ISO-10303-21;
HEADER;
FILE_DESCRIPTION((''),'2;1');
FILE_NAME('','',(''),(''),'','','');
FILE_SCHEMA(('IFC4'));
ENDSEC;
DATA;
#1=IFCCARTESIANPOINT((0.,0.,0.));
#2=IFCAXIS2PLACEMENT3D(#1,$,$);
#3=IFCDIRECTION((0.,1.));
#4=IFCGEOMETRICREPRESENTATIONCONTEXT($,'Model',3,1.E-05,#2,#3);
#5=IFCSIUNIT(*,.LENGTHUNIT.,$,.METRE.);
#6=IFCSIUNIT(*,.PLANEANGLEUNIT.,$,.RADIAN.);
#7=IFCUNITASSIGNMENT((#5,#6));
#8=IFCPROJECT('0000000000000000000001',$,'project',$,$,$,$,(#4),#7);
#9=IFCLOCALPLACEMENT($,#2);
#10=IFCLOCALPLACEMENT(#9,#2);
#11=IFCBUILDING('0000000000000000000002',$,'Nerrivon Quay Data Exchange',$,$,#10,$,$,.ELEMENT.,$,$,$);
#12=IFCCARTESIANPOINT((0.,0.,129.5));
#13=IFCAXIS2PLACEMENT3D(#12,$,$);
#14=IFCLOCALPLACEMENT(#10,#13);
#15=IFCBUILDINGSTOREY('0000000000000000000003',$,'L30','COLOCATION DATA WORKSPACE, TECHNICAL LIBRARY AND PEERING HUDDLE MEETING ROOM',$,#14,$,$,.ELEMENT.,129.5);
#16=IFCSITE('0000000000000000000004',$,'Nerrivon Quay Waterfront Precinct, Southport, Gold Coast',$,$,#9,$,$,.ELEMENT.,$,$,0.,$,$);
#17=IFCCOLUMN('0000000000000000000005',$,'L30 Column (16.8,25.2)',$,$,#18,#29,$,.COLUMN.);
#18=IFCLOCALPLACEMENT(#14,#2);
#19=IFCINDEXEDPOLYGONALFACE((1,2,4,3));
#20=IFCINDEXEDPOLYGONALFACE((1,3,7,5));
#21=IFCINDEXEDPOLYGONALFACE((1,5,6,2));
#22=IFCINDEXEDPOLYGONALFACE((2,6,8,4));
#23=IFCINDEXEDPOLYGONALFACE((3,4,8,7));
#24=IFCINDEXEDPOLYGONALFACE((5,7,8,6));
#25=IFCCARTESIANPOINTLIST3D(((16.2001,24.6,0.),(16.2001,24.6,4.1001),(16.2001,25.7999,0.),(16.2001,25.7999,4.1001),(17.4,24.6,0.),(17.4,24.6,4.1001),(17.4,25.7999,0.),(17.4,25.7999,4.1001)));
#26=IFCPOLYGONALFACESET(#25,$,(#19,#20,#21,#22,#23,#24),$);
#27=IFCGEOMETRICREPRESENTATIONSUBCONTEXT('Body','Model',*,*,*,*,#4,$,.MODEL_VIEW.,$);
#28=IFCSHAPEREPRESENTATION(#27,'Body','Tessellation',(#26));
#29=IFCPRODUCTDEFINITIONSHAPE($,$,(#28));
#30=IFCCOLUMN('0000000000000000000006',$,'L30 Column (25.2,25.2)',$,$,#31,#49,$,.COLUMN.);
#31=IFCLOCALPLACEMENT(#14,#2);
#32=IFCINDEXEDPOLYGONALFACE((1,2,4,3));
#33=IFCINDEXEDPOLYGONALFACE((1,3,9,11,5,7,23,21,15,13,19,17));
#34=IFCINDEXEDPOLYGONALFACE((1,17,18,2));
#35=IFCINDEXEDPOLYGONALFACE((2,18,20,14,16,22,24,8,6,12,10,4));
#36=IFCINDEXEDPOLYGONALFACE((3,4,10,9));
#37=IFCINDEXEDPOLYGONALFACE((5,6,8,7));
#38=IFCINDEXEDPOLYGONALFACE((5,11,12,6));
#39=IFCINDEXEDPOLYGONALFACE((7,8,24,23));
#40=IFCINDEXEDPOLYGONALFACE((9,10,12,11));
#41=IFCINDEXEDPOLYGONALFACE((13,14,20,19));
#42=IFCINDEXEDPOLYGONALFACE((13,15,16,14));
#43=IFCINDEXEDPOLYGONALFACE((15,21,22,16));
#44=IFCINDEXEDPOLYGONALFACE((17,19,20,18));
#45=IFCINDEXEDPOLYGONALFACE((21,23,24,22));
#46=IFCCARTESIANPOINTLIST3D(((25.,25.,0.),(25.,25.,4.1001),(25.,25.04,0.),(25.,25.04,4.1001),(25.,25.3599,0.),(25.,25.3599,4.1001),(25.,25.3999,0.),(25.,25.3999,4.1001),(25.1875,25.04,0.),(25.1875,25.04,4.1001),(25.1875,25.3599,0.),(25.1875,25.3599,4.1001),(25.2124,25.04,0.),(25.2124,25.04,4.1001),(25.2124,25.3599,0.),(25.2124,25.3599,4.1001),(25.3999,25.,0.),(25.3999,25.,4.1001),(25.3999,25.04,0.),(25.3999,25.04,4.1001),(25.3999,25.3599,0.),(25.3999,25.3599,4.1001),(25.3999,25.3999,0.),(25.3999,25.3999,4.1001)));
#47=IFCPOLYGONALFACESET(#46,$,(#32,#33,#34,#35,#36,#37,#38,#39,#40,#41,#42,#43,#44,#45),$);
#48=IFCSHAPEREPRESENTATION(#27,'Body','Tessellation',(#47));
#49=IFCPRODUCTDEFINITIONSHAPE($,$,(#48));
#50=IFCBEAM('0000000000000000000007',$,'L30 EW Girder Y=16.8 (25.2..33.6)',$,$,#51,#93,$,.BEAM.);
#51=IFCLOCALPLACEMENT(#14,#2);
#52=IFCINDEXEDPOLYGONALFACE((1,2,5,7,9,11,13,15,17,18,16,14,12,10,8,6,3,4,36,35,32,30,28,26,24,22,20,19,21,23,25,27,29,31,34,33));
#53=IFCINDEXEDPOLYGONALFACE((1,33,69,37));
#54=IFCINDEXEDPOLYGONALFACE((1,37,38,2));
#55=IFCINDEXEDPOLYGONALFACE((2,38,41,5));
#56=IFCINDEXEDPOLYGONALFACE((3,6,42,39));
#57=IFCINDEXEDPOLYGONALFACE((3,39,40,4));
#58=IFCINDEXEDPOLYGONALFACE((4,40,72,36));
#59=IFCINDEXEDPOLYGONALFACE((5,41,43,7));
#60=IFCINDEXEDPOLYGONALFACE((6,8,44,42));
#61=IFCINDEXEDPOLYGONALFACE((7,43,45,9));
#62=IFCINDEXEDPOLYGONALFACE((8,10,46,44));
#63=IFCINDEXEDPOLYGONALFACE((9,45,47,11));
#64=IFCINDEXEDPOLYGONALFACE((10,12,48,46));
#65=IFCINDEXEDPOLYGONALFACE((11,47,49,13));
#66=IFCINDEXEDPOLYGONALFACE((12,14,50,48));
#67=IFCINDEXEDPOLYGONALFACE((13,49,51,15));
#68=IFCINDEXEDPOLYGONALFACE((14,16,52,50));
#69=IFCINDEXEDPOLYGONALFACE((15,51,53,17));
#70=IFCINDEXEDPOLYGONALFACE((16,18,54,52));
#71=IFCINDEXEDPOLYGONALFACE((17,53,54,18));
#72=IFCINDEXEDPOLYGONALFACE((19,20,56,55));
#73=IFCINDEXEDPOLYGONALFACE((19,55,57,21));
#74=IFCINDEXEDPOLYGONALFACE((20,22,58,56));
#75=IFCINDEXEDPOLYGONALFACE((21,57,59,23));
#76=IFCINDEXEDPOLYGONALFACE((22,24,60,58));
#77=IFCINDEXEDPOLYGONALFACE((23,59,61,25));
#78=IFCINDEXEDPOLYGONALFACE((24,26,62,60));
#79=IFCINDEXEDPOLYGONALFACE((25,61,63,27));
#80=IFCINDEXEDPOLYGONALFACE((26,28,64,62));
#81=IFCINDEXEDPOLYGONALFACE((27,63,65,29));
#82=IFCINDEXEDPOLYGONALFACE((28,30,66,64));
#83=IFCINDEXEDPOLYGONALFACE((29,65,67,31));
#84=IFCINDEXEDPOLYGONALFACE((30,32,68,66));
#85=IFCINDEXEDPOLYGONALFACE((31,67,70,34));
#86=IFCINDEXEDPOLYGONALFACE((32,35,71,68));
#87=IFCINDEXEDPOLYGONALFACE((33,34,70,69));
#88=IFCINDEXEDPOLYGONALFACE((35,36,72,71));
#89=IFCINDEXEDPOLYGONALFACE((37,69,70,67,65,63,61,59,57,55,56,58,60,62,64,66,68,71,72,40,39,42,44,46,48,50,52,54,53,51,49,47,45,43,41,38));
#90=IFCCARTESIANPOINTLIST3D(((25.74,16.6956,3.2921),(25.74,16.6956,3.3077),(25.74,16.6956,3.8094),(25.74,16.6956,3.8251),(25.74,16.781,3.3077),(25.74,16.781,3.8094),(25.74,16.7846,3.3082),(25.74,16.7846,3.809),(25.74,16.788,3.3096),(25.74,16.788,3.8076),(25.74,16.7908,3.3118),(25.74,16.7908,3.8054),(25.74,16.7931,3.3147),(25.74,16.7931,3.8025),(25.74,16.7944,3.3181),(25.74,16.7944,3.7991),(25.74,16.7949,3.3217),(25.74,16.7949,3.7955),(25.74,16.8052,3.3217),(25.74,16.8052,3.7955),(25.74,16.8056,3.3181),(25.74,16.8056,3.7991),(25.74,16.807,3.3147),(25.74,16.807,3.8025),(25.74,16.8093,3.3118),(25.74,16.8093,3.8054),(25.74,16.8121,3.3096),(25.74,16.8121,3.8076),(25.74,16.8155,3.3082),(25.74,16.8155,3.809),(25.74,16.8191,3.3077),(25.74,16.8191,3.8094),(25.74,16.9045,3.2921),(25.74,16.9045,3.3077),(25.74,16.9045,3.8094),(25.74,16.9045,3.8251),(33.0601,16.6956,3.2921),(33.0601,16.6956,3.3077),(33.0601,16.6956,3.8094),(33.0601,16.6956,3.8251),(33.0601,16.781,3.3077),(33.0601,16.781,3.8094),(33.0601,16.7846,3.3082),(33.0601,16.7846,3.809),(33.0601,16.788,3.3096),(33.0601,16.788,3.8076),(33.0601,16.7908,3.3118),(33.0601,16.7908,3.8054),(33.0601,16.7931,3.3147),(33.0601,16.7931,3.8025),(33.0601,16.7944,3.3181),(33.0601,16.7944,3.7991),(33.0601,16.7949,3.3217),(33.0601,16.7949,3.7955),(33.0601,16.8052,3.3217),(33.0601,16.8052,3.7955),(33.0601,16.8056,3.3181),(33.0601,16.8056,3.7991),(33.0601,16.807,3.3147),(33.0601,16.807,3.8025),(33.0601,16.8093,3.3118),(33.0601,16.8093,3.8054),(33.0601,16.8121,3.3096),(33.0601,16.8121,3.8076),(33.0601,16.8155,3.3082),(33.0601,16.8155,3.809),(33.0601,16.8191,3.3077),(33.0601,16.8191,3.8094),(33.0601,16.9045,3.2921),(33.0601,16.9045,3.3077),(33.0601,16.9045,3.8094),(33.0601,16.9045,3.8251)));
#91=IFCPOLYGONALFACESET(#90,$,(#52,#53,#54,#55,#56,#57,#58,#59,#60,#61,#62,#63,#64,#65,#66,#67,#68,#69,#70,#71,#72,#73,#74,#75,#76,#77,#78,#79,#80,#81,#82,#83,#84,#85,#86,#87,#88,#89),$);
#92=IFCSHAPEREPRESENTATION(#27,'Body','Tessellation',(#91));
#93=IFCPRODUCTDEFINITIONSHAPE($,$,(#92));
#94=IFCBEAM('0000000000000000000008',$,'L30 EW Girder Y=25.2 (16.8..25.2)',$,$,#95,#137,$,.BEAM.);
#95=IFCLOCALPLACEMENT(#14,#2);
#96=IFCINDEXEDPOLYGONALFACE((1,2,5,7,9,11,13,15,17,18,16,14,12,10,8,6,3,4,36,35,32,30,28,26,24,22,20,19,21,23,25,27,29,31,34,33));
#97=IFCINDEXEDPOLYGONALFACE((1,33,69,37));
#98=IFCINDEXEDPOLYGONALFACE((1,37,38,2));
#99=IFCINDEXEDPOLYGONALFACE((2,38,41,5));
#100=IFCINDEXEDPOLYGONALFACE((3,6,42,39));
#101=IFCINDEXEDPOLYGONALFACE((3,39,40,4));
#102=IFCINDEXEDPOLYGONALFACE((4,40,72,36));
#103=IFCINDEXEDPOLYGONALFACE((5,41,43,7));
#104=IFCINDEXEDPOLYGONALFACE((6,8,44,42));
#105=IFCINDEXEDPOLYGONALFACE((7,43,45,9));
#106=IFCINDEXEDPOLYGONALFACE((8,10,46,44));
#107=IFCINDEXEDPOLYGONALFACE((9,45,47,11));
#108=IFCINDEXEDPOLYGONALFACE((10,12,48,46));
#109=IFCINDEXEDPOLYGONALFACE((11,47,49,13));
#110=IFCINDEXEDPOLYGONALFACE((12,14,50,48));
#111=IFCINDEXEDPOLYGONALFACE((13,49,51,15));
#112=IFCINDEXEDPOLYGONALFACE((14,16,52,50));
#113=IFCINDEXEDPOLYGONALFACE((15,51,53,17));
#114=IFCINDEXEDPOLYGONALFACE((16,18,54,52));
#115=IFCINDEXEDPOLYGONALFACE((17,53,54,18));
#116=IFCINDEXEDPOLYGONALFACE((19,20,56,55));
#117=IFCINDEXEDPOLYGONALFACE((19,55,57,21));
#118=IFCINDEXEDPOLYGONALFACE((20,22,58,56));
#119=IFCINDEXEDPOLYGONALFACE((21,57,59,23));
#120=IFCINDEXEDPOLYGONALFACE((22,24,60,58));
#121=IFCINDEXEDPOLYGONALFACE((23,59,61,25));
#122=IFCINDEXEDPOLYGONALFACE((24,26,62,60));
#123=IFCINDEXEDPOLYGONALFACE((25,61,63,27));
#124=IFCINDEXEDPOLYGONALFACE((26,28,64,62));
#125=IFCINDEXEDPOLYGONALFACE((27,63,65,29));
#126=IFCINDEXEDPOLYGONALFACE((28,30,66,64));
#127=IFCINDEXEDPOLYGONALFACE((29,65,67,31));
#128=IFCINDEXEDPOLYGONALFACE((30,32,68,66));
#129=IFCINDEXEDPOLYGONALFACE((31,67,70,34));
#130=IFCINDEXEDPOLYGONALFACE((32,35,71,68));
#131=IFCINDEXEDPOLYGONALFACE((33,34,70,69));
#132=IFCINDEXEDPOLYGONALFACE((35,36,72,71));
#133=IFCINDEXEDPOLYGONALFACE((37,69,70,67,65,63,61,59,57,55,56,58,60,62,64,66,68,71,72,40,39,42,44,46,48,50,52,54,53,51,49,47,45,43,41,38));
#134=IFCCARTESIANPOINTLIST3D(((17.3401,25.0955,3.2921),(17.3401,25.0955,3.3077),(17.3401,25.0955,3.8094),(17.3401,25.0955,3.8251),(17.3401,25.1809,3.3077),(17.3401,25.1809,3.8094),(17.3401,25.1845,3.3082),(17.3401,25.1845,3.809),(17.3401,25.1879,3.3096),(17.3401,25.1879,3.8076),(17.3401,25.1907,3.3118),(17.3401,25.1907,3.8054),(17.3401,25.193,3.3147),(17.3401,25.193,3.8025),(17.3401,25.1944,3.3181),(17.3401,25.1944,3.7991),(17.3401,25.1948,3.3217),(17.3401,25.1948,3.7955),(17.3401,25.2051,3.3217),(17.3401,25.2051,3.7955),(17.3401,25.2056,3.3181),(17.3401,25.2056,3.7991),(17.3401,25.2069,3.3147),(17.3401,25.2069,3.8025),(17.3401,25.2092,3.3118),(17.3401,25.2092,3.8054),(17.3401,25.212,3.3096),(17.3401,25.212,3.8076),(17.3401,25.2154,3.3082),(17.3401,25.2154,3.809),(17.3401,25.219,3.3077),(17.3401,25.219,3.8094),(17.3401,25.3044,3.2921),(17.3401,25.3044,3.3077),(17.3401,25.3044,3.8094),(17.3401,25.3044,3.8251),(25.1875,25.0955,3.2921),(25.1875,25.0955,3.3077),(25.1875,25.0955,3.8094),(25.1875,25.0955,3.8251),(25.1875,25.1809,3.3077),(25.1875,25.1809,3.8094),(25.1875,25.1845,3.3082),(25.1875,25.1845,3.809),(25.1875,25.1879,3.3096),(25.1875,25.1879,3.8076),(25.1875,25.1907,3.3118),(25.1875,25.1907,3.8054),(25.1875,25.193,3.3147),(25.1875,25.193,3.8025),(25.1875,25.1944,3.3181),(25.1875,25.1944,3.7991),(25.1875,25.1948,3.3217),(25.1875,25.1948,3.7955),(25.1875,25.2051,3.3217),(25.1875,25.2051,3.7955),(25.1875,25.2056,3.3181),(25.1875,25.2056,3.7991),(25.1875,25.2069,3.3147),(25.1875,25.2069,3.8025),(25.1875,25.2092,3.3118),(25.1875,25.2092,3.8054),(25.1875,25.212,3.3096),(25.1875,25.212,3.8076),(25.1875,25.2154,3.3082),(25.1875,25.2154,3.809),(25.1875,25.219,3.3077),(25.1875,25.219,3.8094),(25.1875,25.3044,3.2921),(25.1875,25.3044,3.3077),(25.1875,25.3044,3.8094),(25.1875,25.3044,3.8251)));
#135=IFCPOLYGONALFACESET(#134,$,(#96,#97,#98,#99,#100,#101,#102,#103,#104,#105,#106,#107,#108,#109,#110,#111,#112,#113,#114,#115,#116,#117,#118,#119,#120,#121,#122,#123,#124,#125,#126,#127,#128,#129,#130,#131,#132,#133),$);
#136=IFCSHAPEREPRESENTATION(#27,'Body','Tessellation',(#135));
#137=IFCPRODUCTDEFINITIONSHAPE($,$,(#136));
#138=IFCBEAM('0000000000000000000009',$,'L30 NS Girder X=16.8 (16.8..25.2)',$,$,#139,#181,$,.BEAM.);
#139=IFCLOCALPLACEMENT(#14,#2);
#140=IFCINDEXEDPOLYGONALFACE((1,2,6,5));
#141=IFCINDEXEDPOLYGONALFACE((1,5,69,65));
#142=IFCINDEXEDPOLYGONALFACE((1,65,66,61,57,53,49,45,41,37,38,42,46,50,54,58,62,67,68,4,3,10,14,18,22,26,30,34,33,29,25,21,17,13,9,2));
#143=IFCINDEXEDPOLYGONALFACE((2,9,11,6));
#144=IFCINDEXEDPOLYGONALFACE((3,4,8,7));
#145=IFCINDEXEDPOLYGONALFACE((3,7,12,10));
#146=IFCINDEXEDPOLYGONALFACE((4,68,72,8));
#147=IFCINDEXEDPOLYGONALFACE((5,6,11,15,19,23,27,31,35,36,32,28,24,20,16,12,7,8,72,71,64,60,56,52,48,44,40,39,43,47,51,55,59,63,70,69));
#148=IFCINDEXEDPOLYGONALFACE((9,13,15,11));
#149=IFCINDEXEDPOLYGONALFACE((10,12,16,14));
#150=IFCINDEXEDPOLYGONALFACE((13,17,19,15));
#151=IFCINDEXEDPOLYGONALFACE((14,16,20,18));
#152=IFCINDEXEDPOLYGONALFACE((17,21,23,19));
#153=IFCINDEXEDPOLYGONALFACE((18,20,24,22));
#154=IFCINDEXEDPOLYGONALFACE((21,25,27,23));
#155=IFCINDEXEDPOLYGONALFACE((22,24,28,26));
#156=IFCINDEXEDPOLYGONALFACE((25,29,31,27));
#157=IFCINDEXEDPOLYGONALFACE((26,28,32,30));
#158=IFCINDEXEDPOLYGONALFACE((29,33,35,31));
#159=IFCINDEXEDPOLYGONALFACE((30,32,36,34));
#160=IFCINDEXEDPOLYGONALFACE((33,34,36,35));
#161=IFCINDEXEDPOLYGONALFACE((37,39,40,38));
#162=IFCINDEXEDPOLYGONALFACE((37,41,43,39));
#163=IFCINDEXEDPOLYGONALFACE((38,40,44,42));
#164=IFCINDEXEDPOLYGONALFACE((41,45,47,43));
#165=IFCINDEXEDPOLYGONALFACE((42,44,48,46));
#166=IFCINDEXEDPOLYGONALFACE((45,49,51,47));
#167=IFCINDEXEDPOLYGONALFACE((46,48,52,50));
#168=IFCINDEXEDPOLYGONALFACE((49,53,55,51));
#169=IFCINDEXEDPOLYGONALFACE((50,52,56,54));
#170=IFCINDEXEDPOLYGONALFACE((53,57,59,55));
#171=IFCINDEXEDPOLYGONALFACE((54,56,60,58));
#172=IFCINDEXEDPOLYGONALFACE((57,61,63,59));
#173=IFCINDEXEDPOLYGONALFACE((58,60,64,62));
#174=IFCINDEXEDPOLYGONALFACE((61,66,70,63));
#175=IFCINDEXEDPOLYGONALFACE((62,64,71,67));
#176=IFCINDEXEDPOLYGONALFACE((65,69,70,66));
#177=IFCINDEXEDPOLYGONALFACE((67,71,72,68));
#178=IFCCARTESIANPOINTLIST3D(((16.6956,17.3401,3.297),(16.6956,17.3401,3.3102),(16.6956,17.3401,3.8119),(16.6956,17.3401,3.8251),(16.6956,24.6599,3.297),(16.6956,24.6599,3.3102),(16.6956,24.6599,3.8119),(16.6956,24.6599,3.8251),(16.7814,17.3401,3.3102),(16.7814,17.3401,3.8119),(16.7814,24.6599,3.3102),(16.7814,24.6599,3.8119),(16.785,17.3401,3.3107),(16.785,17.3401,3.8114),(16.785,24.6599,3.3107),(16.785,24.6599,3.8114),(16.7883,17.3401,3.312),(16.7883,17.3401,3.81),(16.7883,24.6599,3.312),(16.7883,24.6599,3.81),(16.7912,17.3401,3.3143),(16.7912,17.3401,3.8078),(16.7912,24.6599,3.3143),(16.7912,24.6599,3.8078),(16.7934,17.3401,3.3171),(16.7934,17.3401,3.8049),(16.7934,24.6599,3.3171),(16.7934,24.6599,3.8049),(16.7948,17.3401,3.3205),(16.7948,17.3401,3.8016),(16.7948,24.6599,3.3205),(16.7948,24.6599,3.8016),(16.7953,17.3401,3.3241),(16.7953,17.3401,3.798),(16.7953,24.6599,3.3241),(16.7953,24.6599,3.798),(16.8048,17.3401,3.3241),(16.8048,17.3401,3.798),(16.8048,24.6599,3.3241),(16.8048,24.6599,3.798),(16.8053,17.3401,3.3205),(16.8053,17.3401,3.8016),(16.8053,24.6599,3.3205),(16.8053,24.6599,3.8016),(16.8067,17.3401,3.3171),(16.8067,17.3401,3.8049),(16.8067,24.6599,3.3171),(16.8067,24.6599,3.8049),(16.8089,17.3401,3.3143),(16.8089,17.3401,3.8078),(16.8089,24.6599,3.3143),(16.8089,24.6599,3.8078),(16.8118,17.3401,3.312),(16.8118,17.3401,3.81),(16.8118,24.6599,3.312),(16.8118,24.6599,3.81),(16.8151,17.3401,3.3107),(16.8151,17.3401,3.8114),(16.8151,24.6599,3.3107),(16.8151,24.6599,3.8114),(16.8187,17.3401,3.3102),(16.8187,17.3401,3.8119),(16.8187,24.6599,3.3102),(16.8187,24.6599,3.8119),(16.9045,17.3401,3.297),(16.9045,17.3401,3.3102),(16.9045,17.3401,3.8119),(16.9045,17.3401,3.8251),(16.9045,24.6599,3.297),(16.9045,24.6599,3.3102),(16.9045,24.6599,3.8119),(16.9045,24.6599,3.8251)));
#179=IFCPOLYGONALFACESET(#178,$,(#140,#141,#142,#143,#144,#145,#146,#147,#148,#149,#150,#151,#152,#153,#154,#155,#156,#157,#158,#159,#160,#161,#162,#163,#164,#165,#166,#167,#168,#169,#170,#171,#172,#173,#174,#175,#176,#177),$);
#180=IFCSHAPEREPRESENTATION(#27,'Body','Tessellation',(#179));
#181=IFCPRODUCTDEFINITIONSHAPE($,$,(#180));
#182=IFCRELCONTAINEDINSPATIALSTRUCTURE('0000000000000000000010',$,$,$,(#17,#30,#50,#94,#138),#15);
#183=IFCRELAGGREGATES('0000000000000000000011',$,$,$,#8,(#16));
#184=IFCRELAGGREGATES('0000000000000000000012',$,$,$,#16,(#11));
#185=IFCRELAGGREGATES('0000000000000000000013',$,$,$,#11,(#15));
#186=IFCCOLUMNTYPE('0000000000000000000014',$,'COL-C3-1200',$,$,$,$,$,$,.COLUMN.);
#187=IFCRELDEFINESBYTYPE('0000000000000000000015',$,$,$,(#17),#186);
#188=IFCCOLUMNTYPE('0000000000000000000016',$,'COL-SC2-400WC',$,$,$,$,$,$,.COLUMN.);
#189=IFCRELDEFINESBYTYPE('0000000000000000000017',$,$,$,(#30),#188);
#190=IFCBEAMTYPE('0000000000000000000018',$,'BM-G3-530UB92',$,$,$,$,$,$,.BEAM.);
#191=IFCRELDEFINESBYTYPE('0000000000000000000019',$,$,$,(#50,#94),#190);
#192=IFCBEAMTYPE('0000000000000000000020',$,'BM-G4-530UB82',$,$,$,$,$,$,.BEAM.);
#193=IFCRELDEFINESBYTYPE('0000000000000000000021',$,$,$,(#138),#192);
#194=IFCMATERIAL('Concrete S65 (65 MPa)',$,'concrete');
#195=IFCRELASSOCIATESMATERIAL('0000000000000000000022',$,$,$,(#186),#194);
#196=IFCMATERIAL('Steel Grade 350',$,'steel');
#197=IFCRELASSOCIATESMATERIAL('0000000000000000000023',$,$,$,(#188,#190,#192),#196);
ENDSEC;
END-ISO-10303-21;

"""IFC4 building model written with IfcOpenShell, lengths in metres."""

from ifc_helpers import new_model, si_unit, direction, frame, origin, origin_2d, place, context, subcontext, project, spatial, rectangle, i_section, extrude, material, material_profile, profile_set, type_object, element, save


model = new_model("IFC4")

# Units and contexts
model_context = context("Model", 3, precision=1e-05, world=origin(), true_north=direction((0.0, 1.0)))
body_context = subcontext(model_context, "Body", "Model", "MODEL_VIEW")
ifc_project = project(units=[si_unit("LENGTHUNIT", "METRE"), si_unit("PLANEANGLEUNIT", "RADIAN")], contexts=[model_context])

# Site, building, storey
site_placement = place(None, origin())
site = spatial("IfcSite", under=ifc_project, at=site_placement, Name="Nerrivon Quay Waterfront Precinct, Southport, Gold Coast", CompositionType="ELEMENT", RefElevation=0.0)
building_placement = place(site_placement, origin())
building = spatial("IfcBuilding", under=site, at=building_placement, Name="Nerrivon Quay Data Exchange", CompositionType="ELEMENT")
storey_placement = place(building_placement, frame((0.0, 0.0, 129.5)))
storey = spatial("IfcBuildingStorey", under=building, at=storey_placement, Name="L30", Description="COLOCATION DATA WORKSPACE, TECHNICAL LIBRARY AND PEERING HUDDLE MEETING ROOM", CompositionType="ELEMENT", Elevation=129.5)

# Columns
ifc_material_1 = material(Name="Concrete S65 (65 MPa)", Category="concrete")
ifc_material_profile_1 = material_profile(ifc_material_1, rectangle(XDim=1.2, YDim=1.2, at=origin_2d()), Name="RC-COL-1200x1200")
ifc_profile_set_1 = profile_set([ifc_material_profile_1], Name="Concrete S65 (65 MPa)")
column_type_1 = type_object("IfcColumnType", Name="COL-C3-1200", PredefinedType="COLUMN", material=ifc_profile_set_1)
column_1_placement = place(storey_placement, frame((16.8, 25.2, 0.0), z_axis=(0.0, 0.0, 1.0), x_axis=(1.0, 0.0, 0.0)))
element("IfcColumn", 1, at=column_1_placement, inside=storey, type_object=column_type_1, Name="L30 Column (16.8,25.2)", PredefinedType="COLUMN", context=body_context, shape_type="SweptSolid", body=[
    extrude(rectangle(XDim=1.2, YDim=1.2, at=origin_2d()), origin(), (0.0, 0.0, 1.0), 4.1001),
])
ifc_material_2 = material(Name="Steel Grade 350", Category="steel")
ifc_material_profile_2 = material_profile(ifc_material_2, i_section(OverallWidth=0.3999, OverallDepth=0.3999, WebThickness=0.0249, FlangeThickness=0.04, at=origin_2d()), Name="400WC328")
ifc_profile_set_2 = profile_set([ifc_material_profile_2], Name="Steel Grade 350")
column_type_2 = type_object("IfcColumnType", Name="COL-SC2-400WC", PredefinedType="COLUMN", material=ifc_profile_set_2)
column_2_placement = place(storey_placement, frame((25.2, 25.2, 0.0), z_axis=(0.0, 0.0, 1.0), x_axis=(1.0, 0.0, 0.0)))
element("IfcColumn", 2, at=column_2_placement, inside=storey, type_object=column_type_2, Name="L30 Column (25.2,25.2)", PredefinedType="COLUMN", context=body_context, shape_type="SweptSolid", body=[
    extrude(i_section(OverallWidth=0.3999, OverallDepth=0.3999, WebThickness=0.0249, FlangeThickness=0.04, at=origin_2d()), origin(), (0.0, 0.0, 1.0), 4.1001),
])

# Beams
ifc_material_profile_3 = material_profile(ifc_material_2, i_section(OverallWidth=0.209, OverallDepth=0.533, WebThickness=0.0103, FlangeThickness=0.0156, FilletRadius=0.0139, at=origin_2d()), Name="530UB92.4")
ifc_profile_set_3 = profile_set([ifc_material_profile_3], Name="Steel Grade 350")
beam_type_1 = type_object("IfcBeamType", Name="BM-G3-530UB92", PredefinedType="BEAM", material=ifc_profile_set_3)
beam_1_placement = place(storey_placement, frame((25.74, 16.8, 3.5586), z_axis=(1.0, 0.0, 0.0), x_axis=(0.0, 1.0, 0.0)))
element("IfcBeam", 3, at=beam_1_placement, inside=storey, type_object=beam_type_1, Name="L30 EW Girder Y=16.8 (25.2..33.6)", PredefinedType="BEAM", context=body_context, shape_type="SweptSolid", body=[
    extrude(i_section(OverallWidth=0.209, OverallDepth=0.533, WebThickness=0.0103, FlangeThickness=0.0156, FilletRadius=0.0139, at=origin_2d()), origin(), (0.0, 0.0, 1.0), 7.3201),
])
beam_2_placement = place(storey_placement, frame((17.3401, 25.2, 3.5586), z_axis=(1.0, 0.0, 0.0), x_axis=(0.0, 1.0, 0.0)))
element("IfcBeam", 4, at=beam_2_placement, inside=storey, type_object=beam_type_1, Name="L30 EW Girder Y=25.2 (16.8..25.2)", PredefinedType="BEAM", context=body_context, shape_type="SweptSolid", body=[
    extrude(i_section(OverallWidth=0.209, OverallDepth=0.533, WebThickness=0.0103, FlangeThickness=0.0156, FilletRadius=0.0139, at=origin_2d()), origin(), (0.0, 0.0, 1.0), 7.8474),
])
ifc_material_profile_4 = material_profile(ifc_material_2, i_section(OverallWidth=0.209, OverallDepth=0.5281, WebThickness=0.0095, FlangeThickness=0.0132, FilletRadius=0.0139, at=origin_2d()), Name="530UB82.0")
ifc_profile_set_4 = profile_set([ifc_material_profile_4], Name="Steel Grade 350")
beam_type_2 = type_object("IfcBeamType", Name="BM-G4-530UB82", PredefinedType="BEAM", material=ifc_profile_set_4)
beam_3_placement = place(storey_placement, frame((16.8, 17.3401, 3.561), z_axis=(0.0, 1.0, 0.0), x_axis=(-1.0, 0.0, 0.0)))
element("IfcBeam", 5, at=beam_3_placement, inside=storey, type_object=beam_type_2, Name="L30 NS Girder X=16.8 (16.8..25.2)", PredefinedType="BEAM", context=body_context, shape_type="SweptSolid", body=[
    extrude(i_section(OverallWidth=0.209, OverallDepth=0.5281, WebThickness=0.0095, FlangeThickness=0.0132, FilletRadius=0.0139, at=origin_2d()), origin(), (0.0, 0.0, 1.0), 7.3198),
])

save(model, "model.ifc")
